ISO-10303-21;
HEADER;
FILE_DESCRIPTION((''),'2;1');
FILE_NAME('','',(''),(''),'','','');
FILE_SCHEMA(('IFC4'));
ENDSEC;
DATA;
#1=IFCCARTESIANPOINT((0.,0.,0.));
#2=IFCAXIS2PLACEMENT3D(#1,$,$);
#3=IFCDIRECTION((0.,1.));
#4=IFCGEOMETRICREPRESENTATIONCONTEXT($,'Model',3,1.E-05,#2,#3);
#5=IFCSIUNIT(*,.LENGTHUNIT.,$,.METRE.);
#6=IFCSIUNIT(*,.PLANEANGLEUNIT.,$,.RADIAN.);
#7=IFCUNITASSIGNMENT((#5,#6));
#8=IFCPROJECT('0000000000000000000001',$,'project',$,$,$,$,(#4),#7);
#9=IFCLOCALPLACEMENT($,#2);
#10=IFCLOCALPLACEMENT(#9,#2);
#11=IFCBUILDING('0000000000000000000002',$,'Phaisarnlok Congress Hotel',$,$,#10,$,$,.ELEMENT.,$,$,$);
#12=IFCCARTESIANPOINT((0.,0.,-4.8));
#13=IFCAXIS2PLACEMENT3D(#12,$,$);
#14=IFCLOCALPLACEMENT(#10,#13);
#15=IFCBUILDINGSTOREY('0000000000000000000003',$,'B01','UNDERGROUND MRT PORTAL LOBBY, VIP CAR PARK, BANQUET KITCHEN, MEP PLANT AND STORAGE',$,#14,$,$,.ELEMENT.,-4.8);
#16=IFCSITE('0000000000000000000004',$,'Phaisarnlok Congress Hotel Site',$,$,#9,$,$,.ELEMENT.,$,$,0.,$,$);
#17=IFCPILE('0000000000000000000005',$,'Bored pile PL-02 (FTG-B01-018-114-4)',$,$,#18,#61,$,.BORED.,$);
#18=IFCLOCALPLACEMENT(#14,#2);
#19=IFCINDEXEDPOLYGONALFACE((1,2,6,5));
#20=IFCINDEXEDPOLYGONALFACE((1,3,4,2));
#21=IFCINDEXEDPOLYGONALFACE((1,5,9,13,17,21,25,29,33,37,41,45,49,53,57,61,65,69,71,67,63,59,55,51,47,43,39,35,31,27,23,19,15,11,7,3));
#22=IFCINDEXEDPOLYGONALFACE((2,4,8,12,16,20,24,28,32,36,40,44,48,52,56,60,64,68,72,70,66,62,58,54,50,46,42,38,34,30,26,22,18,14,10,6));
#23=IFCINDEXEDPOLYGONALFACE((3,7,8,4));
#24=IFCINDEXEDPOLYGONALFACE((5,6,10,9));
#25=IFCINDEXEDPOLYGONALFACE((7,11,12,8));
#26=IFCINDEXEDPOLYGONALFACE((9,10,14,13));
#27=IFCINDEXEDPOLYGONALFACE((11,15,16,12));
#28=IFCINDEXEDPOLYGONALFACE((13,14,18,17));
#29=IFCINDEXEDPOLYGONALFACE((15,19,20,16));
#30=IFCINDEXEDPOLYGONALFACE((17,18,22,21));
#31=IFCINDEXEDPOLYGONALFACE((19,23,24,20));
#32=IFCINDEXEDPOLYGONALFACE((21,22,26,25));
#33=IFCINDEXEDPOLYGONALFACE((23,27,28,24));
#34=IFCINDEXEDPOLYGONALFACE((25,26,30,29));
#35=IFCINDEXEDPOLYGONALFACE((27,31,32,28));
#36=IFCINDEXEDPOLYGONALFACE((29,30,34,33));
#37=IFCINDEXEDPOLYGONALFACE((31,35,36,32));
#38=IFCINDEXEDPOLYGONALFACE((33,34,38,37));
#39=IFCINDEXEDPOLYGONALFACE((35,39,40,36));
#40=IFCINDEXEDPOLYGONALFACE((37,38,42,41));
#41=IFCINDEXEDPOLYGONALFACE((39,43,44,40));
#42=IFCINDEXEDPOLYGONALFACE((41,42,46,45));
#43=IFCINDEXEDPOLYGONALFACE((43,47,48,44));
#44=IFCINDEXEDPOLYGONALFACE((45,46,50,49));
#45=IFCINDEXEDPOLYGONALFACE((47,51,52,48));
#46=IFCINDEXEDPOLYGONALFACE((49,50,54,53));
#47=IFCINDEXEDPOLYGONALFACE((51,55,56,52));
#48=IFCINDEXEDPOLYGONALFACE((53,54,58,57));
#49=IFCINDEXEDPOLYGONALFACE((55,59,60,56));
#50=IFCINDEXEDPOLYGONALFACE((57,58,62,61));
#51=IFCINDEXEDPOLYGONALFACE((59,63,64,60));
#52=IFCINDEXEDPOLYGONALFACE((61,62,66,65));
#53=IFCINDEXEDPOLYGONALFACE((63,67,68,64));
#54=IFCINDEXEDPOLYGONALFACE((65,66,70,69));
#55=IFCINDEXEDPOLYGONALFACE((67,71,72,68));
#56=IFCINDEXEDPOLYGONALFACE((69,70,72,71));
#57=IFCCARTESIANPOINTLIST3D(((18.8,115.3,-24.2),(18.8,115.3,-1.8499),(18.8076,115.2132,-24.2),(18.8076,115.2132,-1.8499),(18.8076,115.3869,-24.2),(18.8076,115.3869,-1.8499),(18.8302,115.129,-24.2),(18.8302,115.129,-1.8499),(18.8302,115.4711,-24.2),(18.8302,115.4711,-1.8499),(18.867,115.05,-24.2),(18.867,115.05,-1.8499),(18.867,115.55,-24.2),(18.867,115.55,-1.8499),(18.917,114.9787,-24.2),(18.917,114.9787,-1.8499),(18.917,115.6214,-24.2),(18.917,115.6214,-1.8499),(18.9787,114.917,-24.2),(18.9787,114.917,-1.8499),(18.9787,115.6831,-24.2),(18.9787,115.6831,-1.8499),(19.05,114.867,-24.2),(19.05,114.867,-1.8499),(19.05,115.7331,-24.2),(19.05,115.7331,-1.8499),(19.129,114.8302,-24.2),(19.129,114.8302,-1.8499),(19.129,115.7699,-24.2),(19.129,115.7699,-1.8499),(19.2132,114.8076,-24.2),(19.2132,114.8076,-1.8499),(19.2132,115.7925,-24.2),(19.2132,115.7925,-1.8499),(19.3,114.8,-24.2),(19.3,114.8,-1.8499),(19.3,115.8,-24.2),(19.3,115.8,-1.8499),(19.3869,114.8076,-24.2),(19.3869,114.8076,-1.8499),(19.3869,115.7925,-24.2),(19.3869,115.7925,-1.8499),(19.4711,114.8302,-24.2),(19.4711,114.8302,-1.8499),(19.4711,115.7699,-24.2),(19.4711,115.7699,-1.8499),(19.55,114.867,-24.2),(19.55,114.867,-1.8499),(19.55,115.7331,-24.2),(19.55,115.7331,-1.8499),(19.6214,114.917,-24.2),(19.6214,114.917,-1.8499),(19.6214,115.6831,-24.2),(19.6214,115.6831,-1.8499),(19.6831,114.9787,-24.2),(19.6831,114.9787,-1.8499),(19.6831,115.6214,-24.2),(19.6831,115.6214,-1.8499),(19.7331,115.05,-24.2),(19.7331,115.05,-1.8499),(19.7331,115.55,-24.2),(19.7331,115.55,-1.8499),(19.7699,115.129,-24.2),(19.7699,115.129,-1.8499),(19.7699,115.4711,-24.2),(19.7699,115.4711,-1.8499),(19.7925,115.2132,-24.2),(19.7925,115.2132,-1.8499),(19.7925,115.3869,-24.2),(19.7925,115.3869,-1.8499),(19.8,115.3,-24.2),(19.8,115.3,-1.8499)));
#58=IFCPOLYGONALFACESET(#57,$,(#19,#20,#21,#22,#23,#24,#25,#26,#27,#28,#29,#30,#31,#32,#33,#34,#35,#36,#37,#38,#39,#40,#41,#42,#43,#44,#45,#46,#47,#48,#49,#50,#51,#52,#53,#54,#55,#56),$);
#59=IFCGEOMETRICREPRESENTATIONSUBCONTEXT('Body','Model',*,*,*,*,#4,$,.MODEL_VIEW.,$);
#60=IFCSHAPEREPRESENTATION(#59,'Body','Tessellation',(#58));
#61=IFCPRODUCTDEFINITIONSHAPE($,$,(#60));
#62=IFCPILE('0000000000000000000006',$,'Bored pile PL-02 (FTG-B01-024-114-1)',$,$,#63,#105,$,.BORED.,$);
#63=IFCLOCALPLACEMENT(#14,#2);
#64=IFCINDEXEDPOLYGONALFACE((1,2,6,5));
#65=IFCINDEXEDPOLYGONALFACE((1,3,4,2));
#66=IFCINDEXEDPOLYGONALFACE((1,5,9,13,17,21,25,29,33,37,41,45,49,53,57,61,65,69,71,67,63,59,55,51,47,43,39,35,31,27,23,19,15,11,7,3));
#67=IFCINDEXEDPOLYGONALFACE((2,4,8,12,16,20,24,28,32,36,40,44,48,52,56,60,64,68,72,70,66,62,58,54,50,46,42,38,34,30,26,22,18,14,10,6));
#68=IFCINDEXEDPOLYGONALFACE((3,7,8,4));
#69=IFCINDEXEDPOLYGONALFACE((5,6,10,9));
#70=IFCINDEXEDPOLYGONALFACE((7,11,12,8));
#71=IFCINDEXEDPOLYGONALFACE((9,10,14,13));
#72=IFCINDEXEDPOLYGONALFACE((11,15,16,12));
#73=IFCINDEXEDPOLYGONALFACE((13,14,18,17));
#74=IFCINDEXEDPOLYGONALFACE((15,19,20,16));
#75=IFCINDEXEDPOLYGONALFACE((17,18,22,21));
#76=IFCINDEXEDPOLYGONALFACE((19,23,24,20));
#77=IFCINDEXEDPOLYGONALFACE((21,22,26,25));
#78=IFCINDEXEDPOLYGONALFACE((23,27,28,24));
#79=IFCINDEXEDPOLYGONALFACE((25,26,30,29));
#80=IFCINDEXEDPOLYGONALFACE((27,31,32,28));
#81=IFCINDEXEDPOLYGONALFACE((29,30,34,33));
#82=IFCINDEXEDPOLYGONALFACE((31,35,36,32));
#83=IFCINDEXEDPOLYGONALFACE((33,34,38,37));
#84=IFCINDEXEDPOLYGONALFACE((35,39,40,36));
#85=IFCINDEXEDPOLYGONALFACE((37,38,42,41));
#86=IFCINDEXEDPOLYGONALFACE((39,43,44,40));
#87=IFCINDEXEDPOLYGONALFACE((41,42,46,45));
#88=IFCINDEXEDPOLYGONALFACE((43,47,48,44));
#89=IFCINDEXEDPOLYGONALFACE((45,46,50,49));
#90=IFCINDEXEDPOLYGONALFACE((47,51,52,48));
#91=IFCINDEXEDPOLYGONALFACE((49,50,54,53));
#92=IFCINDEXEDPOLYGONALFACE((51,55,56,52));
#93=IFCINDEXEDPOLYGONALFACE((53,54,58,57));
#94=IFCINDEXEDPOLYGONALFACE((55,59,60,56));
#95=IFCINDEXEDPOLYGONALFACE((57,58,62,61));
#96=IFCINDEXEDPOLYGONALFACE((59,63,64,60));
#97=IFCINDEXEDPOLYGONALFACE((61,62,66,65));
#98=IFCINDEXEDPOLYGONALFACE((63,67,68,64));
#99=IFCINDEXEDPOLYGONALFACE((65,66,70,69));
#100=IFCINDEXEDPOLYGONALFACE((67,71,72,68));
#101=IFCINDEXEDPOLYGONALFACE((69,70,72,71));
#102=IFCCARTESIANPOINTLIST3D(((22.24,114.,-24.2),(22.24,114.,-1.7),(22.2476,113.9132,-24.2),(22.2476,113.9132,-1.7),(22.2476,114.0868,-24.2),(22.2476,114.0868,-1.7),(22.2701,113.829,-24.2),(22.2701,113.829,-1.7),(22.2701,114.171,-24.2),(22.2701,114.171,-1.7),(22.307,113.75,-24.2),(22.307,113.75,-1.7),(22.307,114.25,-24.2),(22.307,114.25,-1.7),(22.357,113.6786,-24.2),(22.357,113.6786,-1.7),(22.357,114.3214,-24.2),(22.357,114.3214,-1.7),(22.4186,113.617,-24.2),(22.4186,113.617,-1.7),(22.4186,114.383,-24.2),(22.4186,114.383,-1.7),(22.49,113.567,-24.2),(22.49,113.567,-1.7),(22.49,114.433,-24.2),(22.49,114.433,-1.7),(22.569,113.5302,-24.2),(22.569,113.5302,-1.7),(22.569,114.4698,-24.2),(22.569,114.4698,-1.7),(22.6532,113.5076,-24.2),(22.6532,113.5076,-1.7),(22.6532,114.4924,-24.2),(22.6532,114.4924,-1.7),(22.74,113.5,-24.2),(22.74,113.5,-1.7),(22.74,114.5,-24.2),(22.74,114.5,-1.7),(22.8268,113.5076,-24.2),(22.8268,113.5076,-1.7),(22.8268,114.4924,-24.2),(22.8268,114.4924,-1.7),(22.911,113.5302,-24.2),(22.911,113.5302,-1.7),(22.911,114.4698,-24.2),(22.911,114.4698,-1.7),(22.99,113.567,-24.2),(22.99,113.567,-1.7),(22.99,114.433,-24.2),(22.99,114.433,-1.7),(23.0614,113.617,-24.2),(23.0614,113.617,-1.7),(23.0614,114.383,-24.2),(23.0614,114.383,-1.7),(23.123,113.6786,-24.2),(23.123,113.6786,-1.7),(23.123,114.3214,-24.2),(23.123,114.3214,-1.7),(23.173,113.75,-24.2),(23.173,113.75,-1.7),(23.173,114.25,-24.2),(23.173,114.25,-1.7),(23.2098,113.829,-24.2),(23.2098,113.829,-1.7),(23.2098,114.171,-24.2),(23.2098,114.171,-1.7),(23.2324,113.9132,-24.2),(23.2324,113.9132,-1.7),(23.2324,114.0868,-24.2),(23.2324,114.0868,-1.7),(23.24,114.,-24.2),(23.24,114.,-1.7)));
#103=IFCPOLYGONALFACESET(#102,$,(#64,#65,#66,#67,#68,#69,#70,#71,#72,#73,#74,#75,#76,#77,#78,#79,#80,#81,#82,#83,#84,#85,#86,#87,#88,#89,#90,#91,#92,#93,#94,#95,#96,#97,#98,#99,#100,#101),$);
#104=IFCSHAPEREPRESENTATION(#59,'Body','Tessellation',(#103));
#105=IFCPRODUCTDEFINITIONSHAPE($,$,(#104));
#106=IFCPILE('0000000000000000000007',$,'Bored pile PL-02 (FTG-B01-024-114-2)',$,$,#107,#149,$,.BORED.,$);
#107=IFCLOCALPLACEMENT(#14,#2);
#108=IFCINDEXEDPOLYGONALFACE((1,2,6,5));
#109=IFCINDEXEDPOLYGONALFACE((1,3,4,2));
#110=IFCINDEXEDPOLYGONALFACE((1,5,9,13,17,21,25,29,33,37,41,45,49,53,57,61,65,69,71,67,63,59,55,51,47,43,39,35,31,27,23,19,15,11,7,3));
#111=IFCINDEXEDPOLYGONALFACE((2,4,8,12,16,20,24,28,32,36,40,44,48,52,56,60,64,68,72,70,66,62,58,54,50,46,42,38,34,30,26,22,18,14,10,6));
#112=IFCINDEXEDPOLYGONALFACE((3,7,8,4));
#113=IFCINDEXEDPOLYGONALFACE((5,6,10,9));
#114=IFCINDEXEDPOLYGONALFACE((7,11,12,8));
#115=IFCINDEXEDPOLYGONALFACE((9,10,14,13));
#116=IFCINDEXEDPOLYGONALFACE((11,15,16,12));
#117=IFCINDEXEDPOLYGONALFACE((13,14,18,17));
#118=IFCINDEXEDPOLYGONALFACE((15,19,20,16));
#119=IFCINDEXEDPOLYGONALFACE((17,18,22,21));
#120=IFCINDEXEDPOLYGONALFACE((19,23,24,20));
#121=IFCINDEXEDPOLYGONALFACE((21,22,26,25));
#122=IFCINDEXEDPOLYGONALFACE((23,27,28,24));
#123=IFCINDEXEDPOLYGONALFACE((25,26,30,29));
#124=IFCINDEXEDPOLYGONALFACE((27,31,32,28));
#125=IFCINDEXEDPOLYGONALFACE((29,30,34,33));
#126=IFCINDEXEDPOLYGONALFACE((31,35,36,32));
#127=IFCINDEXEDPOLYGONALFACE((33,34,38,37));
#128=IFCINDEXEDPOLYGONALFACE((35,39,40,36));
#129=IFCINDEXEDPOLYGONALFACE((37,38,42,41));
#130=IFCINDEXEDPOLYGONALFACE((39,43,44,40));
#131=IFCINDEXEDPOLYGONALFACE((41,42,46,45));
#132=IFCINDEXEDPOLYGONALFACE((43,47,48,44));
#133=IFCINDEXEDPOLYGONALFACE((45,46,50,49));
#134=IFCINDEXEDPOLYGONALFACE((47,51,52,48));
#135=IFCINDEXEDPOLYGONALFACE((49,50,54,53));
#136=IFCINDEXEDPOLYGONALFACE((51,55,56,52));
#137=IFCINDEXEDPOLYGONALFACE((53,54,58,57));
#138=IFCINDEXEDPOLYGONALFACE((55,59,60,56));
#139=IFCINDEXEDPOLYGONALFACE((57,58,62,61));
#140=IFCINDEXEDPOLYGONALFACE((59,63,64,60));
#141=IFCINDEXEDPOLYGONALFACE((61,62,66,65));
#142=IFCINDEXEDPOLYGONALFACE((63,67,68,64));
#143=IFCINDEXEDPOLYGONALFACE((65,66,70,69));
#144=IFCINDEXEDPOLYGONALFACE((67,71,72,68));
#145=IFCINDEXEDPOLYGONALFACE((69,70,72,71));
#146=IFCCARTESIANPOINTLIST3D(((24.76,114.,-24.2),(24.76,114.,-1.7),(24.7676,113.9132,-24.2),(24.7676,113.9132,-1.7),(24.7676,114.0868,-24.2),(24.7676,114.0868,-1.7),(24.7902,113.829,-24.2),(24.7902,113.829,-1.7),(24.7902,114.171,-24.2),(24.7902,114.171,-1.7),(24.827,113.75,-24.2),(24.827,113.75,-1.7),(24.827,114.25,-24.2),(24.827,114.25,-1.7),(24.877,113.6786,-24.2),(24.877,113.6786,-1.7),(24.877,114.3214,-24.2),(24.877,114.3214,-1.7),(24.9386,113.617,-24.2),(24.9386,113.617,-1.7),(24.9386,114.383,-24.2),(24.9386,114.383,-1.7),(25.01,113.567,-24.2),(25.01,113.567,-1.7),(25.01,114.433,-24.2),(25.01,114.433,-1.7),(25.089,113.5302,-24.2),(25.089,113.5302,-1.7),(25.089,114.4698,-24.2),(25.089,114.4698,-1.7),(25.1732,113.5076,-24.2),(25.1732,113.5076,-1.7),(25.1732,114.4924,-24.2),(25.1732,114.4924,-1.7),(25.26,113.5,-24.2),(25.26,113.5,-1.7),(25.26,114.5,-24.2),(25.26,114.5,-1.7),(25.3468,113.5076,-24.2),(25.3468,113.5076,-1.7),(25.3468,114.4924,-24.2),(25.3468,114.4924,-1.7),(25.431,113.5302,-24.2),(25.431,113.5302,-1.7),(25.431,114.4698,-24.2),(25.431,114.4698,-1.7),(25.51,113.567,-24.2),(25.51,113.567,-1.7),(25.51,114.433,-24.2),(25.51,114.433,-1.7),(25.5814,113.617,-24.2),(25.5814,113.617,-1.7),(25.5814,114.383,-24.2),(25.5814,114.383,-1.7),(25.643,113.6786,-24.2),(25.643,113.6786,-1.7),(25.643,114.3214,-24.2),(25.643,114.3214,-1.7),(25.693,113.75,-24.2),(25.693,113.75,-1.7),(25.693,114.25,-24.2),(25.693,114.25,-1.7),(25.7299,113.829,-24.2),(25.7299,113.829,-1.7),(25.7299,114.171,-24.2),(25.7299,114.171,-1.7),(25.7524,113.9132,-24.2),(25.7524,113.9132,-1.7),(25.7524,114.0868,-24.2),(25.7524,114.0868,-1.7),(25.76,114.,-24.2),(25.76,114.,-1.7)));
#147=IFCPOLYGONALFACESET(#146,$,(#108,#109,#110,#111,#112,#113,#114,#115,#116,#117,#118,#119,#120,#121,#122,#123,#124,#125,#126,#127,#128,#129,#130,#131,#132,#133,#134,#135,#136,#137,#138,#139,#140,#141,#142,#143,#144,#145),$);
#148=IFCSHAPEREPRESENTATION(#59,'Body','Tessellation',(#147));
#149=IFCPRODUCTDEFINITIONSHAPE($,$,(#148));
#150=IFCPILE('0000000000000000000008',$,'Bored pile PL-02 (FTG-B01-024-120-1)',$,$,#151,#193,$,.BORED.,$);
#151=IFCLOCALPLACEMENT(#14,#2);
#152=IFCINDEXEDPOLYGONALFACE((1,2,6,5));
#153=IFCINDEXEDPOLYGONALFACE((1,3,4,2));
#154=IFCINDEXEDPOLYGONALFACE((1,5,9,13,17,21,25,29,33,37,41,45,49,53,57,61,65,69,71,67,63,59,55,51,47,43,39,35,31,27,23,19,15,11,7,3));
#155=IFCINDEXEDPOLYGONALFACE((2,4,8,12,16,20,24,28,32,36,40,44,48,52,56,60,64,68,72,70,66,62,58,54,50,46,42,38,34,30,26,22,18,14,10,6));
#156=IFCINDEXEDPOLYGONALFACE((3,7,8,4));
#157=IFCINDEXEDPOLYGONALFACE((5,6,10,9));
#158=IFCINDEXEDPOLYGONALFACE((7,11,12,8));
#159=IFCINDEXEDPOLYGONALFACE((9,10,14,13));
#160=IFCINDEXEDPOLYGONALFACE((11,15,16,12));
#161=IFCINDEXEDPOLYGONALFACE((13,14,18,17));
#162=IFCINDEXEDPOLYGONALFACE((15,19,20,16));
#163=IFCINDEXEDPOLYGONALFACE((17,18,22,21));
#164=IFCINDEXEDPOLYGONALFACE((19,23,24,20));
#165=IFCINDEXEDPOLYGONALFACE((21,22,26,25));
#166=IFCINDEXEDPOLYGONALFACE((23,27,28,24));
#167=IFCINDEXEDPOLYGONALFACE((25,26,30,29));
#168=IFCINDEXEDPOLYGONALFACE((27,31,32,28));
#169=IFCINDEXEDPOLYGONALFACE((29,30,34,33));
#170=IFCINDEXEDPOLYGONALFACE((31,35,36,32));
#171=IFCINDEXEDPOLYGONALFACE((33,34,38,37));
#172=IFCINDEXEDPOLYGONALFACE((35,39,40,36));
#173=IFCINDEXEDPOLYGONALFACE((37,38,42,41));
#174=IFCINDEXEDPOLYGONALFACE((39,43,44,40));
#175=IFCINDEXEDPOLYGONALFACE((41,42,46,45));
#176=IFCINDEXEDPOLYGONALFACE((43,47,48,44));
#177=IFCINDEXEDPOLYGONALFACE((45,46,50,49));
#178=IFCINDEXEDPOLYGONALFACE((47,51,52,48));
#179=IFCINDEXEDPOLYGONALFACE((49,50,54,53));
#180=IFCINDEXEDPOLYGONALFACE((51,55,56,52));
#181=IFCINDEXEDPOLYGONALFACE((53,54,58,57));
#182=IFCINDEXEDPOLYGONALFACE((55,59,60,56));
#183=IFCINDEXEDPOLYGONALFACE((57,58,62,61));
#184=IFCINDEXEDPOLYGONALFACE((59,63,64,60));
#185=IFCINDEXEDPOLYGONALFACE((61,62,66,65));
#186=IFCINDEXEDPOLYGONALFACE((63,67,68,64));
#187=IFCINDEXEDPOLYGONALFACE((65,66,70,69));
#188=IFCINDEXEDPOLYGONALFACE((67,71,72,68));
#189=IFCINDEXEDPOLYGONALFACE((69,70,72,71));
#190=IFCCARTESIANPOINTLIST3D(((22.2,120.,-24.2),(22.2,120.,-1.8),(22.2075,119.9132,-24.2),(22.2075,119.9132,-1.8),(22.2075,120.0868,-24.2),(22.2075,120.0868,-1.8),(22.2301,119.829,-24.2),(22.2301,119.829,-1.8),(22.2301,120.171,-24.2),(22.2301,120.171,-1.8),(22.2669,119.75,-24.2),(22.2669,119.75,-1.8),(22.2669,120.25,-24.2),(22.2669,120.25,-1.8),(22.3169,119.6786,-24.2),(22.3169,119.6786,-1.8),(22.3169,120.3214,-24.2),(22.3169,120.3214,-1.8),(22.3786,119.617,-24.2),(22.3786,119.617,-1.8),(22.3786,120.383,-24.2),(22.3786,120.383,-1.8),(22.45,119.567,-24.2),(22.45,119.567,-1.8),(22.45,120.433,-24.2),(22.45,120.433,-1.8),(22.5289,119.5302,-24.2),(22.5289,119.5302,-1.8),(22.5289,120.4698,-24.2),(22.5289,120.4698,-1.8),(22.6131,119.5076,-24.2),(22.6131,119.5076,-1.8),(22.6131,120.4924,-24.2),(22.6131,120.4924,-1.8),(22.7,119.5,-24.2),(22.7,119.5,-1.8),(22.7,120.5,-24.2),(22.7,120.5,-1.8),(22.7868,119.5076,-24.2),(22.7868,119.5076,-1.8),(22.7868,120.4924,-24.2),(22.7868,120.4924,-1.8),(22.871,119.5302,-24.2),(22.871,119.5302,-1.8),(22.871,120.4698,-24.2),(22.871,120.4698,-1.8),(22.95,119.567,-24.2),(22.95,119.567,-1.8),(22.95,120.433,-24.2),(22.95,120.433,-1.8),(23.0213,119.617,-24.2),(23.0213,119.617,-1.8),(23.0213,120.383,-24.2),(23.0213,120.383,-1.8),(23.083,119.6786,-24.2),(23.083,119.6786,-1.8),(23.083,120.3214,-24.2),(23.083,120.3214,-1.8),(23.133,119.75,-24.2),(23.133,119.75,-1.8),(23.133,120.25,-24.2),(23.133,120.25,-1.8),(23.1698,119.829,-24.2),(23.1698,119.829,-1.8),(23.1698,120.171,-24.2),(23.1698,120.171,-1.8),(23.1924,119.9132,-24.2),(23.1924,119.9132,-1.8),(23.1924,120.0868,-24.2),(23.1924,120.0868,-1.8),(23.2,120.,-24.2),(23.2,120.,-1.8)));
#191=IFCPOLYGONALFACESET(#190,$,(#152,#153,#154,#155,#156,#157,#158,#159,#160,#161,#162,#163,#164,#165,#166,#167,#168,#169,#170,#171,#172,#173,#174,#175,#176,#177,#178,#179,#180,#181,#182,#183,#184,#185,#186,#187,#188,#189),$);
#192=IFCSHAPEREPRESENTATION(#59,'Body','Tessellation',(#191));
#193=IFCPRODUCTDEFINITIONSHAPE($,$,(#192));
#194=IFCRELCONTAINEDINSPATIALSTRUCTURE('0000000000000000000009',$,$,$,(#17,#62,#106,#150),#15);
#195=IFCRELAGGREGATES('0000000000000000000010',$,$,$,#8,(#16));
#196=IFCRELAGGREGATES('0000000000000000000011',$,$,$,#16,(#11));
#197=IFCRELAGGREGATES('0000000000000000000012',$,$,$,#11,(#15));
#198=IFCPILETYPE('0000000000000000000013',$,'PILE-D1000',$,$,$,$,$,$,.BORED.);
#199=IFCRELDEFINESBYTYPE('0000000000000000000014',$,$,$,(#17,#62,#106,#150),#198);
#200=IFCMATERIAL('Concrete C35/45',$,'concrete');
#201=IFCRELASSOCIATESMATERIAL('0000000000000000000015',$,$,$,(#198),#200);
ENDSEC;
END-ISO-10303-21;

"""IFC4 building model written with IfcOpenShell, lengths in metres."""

from ifc_helpers import new_model, si_unit, direction, frame, origin, origin_2d, place, context, subcontext, project, spatial, circle, extrude, material, material_profile, profile_set, type_object, element, save


model = new_model("IFC4")

# Units and contexts
model_context = context("Model", 3, precision=1e-05, world=origin(), true_north=direction((0.0, 1.0)))
body_context = subcontext(model_context, "Body", "Model", "MODEL_VIEW")
ifc_project = project(units=[si_unit("LENGTHUNIT", "METRE"), si_unit("PLANEANGLEUNIT", "RADIAN")], contexts=[model_context])

# Site, building, storey
site_placement = place(None, origin())
site = spatial("IfcSite", under=ifc_project, at=site_placement, Name="Phaisarnlok Congress Hotel Site", CompositionType="ELEMENT", RefElevation=0.0)
building_placement = place(site_placement, origin())
building = spatial("IfcBuilding", under=site, at=building_placement, Name="Phaisarnlok Congress Hotel", CompositionType="ELEMENT")
storey_placement = place(building_placement, frame((0.0, 0.0, -4.8)))
storey = spatial("IfcBuildingStorey", under=building, at=storey_placement, Name="B01", Description="UNDERGROUND MRT PORTAL LOBBY, VIP CAR PARK, BANQUET KITCHEN, MEP PLANT AND STORAGE", CompositionType="ELEMENT", Elevation=-4.8)

# Piles
ifc_material_1 = material(Name="Concrete C35/45", Category="concrete")
ifc_material_profile_1 = material_profile(ifc_material_1, circle(Radius=0.5, at=origin_2d()), Name="BORED PILE D1000")
ifc_profile_set_1 = profile_set([ifc_material_profile_1], Name="Concrete C35/45")
pile_type_1 = type_object("IfcPileType", Name="PILE-D1000", PredefinedType="BORED", material=ifc_profile_set_1)
for number, where, z_axis, x_axis, name in (
    (1, (19.3, 115.3, -1.8499), (0.0, 0.0, -1.0), (1.0, 0.0, 0.0), "Bored pile PL-02 (FTG-B01-018-114-4)"),
):
    element("IfcPile", number, at=place(storey_placement, frame(where, z_axis=z_axis, x_axis=x_axis)), inside=storey, type_object=pile_type_1, Name=name, PredefinedType="BORED", context=body_context, shape_type="SweptSolid", body=[
        extrude(circle(Radius=0.5, at=origin_2d()), origin(), (0.0, 0.0, 1.0), 22.3501),
    ])
for number, where, z_axis, x_axis, name in (
    (2, (22.74, 114.0, -1.7), (0.0, 0.0, -1.0), (1.0, 0.0, 0.0), "Bored pile PL-02 (FTG-B01-024-114-1)"),
    (3, (25.26, 114.0, -1.7), (0.0, 0.0, -1.0), (1.0, 0.0, 0.0), "Bored pile PL-02 (FTG-B01-024-114-2)"),
):
    element("IfcPile", number, at=place(storey_placement, frame(where, z_axis=z_axis, x_axis=x_axis)), inside=storey, type_object=pile_type_1, Name=name, PredefinedType="BORED", context=body_context, shape_type="SweptSolid", body=[
        extrude(circle(Radius=0.5, at=origin_2d()), origin(), (0.0, 0.0, 1.0), 22.5),
    ])
for number, where, z_axis, x_axis, name in (
    (4, (22.7, 120.0, -1.8), (0.0, 0.0, -1.0), (1.0, 0.0, 0.0), "Bored pile PL-02 (FTG-B01-024-120-1)"),
):
    element("IfcPile", number, at=place(storey_placement, frame(where, z_axis=z_axis, x_axis=x_axis)), inside=storey, type_object=pile_type_1, Name=name, PredefinedType="BORED", context=body_context, shape_type="SweptSolid", body=[
        extrude(circle(Radius=0.5, at=origin_2d()), origin(), (0.0, 0.0, 1.0), 22.3999),
    ])

save(model, "model.ifc")
